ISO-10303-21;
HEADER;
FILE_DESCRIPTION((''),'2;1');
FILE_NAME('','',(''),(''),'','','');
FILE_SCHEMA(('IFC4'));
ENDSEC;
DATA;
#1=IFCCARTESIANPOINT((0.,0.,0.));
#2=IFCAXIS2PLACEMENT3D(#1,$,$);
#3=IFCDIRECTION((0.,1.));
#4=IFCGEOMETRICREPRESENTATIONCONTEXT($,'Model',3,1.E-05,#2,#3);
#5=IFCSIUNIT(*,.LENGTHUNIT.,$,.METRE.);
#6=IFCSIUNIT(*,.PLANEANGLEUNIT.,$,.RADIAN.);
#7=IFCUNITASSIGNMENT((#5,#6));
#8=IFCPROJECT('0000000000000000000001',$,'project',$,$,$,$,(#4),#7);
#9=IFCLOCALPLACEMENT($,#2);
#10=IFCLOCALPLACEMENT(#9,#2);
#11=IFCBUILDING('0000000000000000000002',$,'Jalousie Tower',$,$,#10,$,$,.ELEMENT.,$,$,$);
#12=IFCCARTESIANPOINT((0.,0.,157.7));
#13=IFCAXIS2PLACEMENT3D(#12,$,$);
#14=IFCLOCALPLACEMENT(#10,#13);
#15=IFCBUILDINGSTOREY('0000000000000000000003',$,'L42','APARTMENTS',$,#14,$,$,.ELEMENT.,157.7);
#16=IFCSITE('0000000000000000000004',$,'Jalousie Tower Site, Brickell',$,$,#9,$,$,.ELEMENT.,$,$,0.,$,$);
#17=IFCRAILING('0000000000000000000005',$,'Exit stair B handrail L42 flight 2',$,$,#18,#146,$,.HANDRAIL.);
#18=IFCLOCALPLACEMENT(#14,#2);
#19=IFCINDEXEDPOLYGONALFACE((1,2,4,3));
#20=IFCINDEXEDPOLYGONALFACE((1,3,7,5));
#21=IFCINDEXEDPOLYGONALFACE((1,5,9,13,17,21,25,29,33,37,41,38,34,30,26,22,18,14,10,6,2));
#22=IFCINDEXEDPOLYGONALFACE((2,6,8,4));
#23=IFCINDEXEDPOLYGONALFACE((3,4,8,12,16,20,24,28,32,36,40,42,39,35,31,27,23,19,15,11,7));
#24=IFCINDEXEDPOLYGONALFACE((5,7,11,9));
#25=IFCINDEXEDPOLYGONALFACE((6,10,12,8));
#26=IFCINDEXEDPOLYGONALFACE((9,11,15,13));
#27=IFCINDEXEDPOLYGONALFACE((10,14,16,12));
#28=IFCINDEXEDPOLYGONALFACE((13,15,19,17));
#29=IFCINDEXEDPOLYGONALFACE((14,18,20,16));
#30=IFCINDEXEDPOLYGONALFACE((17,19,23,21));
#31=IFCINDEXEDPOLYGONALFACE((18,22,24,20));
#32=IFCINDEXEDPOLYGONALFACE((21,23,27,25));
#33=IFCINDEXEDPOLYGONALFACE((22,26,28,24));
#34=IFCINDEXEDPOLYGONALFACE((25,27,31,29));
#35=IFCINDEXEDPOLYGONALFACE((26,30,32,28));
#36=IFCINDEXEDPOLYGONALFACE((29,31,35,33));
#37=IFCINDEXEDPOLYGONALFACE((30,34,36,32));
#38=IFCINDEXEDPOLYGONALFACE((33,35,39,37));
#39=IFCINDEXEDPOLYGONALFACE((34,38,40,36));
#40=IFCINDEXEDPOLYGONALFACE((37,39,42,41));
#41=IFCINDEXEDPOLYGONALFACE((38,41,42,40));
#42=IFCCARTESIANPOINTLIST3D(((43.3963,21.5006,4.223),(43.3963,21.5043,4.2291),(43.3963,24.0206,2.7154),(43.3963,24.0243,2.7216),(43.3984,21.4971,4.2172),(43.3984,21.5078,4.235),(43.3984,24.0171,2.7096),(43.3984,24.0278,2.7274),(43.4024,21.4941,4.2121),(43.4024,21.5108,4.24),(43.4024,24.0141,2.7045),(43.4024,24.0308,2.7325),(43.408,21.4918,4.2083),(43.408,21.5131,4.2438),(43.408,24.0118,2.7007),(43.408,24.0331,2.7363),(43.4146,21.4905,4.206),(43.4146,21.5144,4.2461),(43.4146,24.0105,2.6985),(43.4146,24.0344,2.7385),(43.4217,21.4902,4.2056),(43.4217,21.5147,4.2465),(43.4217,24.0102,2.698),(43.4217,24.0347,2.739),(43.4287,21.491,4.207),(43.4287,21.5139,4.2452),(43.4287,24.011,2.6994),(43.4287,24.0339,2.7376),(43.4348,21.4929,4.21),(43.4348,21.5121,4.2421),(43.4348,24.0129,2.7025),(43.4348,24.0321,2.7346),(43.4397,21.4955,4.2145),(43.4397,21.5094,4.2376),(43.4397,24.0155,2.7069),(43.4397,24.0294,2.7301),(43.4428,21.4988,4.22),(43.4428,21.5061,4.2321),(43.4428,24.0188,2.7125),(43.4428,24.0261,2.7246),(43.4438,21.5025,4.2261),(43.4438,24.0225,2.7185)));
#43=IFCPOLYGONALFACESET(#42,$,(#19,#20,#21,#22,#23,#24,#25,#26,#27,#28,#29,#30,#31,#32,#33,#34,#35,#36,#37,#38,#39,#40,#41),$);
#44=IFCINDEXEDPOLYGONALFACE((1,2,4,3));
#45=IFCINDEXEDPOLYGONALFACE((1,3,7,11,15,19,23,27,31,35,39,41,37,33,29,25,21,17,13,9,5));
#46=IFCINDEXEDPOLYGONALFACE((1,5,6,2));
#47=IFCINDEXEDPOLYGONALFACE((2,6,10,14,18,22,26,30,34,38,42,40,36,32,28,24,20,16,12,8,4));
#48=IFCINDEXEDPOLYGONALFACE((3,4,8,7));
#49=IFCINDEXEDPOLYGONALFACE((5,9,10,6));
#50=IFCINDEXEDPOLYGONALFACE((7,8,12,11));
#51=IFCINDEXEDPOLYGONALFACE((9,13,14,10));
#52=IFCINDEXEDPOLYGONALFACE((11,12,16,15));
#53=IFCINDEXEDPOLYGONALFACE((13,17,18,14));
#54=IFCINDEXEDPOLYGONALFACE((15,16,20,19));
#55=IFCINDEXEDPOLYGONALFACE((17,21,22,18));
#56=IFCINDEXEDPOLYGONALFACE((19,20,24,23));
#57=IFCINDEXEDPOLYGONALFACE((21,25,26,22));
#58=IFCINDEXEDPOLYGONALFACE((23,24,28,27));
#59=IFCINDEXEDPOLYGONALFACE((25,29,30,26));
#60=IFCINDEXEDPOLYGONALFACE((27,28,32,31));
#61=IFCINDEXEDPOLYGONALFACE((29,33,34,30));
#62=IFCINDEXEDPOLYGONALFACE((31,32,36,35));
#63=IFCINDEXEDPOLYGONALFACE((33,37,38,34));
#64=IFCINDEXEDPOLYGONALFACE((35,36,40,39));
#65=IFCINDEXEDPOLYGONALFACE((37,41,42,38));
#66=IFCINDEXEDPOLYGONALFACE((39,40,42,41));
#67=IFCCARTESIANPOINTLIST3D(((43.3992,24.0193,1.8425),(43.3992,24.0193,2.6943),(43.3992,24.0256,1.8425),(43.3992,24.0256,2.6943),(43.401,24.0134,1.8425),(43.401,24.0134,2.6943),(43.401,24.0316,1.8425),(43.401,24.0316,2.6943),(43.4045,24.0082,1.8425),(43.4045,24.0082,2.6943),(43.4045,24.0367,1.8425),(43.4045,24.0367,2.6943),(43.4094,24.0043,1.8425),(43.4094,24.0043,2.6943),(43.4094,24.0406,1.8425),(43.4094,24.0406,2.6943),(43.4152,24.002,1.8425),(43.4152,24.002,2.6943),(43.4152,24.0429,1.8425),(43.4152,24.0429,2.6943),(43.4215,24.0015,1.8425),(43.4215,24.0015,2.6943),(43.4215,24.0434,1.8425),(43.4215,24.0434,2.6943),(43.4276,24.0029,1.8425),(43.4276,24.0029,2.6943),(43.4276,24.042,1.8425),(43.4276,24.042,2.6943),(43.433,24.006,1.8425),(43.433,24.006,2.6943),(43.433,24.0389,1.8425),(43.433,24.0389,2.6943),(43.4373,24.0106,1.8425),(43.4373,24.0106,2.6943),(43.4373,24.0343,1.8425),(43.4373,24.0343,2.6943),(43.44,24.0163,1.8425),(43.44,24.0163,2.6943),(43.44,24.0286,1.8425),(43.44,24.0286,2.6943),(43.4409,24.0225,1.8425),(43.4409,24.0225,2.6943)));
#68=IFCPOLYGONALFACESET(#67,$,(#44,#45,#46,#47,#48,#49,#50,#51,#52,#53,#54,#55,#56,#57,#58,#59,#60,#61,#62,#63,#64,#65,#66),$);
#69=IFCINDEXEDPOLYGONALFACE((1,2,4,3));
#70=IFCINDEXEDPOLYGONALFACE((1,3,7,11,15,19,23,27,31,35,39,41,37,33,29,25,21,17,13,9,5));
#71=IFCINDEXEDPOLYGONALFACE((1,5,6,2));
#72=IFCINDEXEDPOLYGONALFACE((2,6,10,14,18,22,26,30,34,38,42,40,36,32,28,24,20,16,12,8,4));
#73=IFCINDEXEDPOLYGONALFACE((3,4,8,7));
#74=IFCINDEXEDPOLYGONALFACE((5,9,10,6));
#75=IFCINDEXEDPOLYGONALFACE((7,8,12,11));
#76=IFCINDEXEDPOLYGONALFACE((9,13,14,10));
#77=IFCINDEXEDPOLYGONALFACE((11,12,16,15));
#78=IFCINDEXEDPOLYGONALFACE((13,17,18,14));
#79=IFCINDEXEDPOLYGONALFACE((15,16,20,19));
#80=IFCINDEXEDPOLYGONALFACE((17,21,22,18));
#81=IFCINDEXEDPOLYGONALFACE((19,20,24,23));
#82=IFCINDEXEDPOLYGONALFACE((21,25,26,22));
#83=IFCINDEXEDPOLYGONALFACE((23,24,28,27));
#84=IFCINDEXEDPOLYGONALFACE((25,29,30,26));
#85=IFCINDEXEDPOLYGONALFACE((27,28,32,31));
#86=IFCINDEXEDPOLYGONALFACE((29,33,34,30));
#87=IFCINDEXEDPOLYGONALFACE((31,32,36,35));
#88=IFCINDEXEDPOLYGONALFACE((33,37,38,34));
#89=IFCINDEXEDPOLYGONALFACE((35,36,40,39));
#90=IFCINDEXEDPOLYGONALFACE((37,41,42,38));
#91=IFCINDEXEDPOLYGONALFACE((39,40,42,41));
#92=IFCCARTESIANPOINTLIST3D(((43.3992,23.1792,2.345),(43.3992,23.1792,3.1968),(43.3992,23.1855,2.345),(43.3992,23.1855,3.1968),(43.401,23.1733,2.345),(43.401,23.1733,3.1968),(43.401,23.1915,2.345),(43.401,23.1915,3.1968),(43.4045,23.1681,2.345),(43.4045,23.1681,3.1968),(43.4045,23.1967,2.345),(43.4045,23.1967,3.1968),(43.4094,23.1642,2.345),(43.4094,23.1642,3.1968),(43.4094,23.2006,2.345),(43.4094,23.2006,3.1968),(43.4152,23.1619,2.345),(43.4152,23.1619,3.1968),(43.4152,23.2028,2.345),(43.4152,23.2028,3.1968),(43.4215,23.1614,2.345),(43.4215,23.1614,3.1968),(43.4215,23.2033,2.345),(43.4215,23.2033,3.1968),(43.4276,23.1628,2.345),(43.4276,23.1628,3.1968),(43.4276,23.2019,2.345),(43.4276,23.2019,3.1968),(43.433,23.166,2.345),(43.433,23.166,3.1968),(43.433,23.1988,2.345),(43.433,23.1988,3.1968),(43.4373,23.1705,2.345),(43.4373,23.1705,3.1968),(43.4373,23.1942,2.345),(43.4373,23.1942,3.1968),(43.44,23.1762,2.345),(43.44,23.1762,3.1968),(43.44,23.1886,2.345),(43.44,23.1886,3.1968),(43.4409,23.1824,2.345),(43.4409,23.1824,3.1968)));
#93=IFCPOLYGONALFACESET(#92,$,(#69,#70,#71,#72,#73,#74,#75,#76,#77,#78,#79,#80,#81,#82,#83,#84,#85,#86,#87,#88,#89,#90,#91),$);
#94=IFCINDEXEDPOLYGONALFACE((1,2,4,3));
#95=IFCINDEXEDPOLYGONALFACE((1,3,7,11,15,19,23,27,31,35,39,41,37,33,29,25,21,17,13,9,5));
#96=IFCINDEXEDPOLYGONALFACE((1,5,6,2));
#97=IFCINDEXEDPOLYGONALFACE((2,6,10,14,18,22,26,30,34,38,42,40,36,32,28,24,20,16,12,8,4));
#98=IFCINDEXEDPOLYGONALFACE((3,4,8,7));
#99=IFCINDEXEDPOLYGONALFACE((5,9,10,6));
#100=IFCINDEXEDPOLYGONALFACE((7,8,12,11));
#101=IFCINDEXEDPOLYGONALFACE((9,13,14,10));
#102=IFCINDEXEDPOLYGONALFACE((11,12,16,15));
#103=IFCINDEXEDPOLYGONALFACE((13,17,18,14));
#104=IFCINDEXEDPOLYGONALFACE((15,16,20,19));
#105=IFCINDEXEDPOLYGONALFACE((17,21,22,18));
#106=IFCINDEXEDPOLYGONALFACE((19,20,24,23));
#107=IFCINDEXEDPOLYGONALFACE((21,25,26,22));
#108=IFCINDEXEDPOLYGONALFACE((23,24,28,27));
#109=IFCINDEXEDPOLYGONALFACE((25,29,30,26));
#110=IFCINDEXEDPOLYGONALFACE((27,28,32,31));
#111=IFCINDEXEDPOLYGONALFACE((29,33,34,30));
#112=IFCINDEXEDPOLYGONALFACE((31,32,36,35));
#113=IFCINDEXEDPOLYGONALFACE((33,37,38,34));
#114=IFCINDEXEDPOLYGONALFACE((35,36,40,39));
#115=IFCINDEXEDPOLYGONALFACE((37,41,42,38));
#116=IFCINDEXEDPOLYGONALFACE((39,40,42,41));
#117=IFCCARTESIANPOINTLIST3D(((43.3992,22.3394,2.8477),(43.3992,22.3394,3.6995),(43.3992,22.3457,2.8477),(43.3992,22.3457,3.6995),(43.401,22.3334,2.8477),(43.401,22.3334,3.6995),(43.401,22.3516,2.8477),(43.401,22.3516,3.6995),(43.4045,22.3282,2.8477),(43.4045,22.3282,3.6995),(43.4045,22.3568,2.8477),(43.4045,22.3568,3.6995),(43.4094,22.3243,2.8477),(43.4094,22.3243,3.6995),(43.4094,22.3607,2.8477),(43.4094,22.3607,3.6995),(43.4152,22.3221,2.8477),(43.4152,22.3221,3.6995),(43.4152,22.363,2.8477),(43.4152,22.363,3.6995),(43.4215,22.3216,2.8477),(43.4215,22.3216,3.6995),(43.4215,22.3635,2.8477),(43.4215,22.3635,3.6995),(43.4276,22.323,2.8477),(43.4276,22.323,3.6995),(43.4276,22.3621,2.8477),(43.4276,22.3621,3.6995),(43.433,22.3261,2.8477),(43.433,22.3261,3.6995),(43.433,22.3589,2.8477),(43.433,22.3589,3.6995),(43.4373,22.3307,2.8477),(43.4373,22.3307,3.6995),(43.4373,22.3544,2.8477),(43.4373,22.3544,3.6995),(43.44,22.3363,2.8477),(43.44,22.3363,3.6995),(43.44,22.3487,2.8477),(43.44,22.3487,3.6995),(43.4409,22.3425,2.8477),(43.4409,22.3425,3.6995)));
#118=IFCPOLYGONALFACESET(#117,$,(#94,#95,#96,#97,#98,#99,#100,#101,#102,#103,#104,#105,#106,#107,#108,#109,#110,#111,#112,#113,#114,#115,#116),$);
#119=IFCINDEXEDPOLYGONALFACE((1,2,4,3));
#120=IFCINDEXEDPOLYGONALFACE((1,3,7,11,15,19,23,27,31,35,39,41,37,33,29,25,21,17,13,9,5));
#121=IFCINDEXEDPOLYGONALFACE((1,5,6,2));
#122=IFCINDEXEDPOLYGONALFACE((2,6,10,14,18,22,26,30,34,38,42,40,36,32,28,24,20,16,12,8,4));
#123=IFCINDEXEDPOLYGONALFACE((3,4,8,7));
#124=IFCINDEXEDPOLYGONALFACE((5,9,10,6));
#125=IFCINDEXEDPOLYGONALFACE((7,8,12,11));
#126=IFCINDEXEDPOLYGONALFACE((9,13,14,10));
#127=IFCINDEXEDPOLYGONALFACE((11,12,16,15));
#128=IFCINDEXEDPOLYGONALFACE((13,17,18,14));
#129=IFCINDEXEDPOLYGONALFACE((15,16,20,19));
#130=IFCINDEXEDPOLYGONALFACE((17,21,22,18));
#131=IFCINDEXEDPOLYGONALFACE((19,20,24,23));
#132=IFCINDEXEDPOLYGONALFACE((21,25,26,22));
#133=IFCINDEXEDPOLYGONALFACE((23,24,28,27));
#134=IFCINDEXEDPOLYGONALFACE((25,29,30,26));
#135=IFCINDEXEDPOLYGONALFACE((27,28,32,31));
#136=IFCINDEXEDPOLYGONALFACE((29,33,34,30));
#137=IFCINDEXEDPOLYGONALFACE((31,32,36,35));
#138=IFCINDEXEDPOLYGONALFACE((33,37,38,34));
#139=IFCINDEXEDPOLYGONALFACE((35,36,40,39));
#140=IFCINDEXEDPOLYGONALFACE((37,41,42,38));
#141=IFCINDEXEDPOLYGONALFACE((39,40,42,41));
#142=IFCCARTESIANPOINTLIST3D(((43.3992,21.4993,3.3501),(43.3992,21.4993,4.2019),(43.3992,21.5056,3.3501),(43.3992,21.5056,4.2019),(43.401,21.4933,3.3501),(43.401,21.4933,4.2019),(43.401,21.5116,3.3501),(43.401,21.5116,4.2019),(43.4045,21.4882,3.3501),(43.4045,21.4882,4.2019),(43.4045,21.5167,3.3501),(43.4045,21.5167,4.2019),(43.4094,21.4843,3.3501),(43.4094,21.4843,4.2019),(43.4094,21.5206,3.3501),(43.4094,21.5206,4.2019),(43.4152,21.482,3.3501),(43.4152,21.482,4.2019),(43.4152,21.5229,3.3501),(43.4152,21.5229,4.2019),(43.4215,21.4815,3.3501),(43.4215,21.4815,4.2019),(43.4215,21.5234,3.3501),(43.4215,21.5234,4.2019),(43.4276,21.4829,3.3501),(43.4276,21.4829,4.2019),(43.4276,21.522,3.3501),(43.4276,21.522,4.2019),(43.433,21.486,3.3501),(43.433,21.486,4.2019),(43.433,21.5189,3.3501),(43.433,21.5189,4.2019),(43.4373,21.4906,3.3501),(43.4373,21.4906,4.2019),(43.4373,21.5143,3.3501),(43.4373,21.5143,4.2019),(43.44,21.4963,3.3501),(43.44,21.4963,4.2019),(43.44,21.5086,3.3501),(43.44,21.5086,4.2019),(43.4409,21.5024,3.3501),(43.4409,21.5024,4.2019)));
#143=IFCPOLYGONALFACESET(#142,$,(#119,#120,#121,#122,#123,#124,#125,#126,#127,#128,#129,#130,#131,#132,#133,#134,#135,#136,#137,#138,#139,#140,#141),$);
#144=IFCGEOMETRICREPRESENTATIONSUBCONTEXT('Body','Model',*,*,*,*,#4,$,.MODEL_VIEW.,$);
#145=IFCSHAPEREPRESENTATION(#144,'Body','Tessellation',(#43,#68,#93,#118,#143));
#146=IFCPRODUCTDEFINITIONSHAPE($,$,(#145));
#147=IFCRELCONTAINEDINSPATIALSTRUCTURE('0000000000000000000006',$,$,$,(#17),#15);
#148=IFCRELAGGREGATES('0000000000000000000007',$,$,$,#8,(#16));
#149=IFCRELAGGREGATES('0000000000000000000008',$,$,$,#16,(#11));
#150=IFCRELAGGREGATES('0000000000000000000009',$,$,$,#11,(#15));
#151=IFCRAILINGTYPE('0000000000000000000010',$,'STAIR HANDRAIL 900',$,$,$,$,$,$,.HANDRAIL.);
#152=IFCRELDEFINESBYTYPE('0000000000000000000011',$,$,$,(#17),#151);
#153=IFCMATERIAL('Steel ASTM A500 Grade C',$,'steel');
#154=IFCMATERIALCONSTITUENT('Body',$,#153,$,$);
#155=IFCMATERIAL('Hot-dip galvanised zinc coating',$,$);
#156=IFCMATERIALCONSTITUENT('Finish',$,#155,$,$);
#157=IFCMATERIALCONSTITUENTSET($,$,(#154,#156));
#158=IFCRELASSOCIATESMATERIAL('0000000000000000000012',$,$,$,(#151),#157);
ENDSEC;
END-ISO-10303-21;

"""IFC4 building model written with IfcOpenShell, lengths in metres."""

from ifc_helpers import new_model, si_unit, direction, frame, origin, origin_2d, place, context, subcontext, project, spatial, circle, extrude, material, constituent, constituent_set, type_object, element, save


model = new_model("IFC4")

# Units and contexts
model_context = context("Model", 3, precision=1e-05, world=origin(), true_north=direction((0.0, 1.0)))
body_context = subcontext(model_context, "Body", "Model", "MODEL_VIEW")
ifc_project = project(units=[si_unit("LENGTHUNIT", "METRE"), si_unit("PLANEANGLEUNIT", "RADIAN")], contexts=[model_context])

# Site, building, storey
site_placement = place(None, origin())
site = spatial("IfcSite", under=ifc_project, at=site_placement, Name="Jalousie Tower Site, Brickell", CompositionType="ELEMENT", RefElevation=0.0)
building_placement = place(site_placement, origin())
building = spatial("IfcBuilding", under=site, at=building_placement, Name="Jalousie Tower", CompositionType="ELEMENT")
storey_placement = place(building_placement, frame((0.0, 0.0, 157.7)))
storey = spatial("IfcBuildingStorey", under=building, at=storey_placement, Name="L42", Description="APARTMENTS", CompositionType="ELEMENT", Elevation=157.7)

# Railing
ifc_material_1 = material(Name="Steel ASTM A500 Grade C", Category="steel")
ifc_constituent_1 = constituent(ifc_material_1, Name="Body")
ifc_material_2 = material(Name="Hot-dip galvanised zinc coating")
ifc_constituent_2 = constituent(ifc_material_2, Name="Finish")
ifc_constituent_set_1 = constituent_set(constituents=[ifc_constituent_1, ifc_constituent_2])
railing_type = type_object("IfcRailingType", Name="STAIR HANDRAIL 900", PredefinedType="HANDRAIL", material=ifc_constituent_set_1)
railing_placement = place(storey_placement, frame((43.4199, 24.0225, 1.8425)))
element("IfcRailing", 1, at=railing_placement, inside=storey, type_object=railing_type, Name="Exit stair B handrail L42 flight 2", PredefinedType="HANDRAIL", context=body_context, shape_type="SweptSolid", body=[
    extrude(circle(Radius=0.0239, at=origin_2d()), frame((0.0, 0.0, 0.876), z_axis=(0.0, -0.85816, 0.513383), x_axis=(1.0, 0.0, 0.0)), (0.0, 0.0, 1.0), 2.9365),
    extrude(circle(Radius=0.021, at=origin_2d()), origin(), (0.0, 0.0, 1.0), 0.8518),
    extrude(circle(Radius=0.021, at=origin_2d()), frame((0.0, -0.8401, 0.5024)), (0.0, 0.0, 1.0), 0.8518),
    extrude(circle(Radius=0.021, at=origin_2d()), frame((0.0, -1.6799, 1.0051)), (0.0, 0.0, 1.0), 0.8518),
    extrude(circle(Radius=0.021, at=origin_2d()), frame((0.0, -2.52, 1.5076)), (0.0, 0.0, 1.0), 0.8518),
])

save(model, "model.ifc")
